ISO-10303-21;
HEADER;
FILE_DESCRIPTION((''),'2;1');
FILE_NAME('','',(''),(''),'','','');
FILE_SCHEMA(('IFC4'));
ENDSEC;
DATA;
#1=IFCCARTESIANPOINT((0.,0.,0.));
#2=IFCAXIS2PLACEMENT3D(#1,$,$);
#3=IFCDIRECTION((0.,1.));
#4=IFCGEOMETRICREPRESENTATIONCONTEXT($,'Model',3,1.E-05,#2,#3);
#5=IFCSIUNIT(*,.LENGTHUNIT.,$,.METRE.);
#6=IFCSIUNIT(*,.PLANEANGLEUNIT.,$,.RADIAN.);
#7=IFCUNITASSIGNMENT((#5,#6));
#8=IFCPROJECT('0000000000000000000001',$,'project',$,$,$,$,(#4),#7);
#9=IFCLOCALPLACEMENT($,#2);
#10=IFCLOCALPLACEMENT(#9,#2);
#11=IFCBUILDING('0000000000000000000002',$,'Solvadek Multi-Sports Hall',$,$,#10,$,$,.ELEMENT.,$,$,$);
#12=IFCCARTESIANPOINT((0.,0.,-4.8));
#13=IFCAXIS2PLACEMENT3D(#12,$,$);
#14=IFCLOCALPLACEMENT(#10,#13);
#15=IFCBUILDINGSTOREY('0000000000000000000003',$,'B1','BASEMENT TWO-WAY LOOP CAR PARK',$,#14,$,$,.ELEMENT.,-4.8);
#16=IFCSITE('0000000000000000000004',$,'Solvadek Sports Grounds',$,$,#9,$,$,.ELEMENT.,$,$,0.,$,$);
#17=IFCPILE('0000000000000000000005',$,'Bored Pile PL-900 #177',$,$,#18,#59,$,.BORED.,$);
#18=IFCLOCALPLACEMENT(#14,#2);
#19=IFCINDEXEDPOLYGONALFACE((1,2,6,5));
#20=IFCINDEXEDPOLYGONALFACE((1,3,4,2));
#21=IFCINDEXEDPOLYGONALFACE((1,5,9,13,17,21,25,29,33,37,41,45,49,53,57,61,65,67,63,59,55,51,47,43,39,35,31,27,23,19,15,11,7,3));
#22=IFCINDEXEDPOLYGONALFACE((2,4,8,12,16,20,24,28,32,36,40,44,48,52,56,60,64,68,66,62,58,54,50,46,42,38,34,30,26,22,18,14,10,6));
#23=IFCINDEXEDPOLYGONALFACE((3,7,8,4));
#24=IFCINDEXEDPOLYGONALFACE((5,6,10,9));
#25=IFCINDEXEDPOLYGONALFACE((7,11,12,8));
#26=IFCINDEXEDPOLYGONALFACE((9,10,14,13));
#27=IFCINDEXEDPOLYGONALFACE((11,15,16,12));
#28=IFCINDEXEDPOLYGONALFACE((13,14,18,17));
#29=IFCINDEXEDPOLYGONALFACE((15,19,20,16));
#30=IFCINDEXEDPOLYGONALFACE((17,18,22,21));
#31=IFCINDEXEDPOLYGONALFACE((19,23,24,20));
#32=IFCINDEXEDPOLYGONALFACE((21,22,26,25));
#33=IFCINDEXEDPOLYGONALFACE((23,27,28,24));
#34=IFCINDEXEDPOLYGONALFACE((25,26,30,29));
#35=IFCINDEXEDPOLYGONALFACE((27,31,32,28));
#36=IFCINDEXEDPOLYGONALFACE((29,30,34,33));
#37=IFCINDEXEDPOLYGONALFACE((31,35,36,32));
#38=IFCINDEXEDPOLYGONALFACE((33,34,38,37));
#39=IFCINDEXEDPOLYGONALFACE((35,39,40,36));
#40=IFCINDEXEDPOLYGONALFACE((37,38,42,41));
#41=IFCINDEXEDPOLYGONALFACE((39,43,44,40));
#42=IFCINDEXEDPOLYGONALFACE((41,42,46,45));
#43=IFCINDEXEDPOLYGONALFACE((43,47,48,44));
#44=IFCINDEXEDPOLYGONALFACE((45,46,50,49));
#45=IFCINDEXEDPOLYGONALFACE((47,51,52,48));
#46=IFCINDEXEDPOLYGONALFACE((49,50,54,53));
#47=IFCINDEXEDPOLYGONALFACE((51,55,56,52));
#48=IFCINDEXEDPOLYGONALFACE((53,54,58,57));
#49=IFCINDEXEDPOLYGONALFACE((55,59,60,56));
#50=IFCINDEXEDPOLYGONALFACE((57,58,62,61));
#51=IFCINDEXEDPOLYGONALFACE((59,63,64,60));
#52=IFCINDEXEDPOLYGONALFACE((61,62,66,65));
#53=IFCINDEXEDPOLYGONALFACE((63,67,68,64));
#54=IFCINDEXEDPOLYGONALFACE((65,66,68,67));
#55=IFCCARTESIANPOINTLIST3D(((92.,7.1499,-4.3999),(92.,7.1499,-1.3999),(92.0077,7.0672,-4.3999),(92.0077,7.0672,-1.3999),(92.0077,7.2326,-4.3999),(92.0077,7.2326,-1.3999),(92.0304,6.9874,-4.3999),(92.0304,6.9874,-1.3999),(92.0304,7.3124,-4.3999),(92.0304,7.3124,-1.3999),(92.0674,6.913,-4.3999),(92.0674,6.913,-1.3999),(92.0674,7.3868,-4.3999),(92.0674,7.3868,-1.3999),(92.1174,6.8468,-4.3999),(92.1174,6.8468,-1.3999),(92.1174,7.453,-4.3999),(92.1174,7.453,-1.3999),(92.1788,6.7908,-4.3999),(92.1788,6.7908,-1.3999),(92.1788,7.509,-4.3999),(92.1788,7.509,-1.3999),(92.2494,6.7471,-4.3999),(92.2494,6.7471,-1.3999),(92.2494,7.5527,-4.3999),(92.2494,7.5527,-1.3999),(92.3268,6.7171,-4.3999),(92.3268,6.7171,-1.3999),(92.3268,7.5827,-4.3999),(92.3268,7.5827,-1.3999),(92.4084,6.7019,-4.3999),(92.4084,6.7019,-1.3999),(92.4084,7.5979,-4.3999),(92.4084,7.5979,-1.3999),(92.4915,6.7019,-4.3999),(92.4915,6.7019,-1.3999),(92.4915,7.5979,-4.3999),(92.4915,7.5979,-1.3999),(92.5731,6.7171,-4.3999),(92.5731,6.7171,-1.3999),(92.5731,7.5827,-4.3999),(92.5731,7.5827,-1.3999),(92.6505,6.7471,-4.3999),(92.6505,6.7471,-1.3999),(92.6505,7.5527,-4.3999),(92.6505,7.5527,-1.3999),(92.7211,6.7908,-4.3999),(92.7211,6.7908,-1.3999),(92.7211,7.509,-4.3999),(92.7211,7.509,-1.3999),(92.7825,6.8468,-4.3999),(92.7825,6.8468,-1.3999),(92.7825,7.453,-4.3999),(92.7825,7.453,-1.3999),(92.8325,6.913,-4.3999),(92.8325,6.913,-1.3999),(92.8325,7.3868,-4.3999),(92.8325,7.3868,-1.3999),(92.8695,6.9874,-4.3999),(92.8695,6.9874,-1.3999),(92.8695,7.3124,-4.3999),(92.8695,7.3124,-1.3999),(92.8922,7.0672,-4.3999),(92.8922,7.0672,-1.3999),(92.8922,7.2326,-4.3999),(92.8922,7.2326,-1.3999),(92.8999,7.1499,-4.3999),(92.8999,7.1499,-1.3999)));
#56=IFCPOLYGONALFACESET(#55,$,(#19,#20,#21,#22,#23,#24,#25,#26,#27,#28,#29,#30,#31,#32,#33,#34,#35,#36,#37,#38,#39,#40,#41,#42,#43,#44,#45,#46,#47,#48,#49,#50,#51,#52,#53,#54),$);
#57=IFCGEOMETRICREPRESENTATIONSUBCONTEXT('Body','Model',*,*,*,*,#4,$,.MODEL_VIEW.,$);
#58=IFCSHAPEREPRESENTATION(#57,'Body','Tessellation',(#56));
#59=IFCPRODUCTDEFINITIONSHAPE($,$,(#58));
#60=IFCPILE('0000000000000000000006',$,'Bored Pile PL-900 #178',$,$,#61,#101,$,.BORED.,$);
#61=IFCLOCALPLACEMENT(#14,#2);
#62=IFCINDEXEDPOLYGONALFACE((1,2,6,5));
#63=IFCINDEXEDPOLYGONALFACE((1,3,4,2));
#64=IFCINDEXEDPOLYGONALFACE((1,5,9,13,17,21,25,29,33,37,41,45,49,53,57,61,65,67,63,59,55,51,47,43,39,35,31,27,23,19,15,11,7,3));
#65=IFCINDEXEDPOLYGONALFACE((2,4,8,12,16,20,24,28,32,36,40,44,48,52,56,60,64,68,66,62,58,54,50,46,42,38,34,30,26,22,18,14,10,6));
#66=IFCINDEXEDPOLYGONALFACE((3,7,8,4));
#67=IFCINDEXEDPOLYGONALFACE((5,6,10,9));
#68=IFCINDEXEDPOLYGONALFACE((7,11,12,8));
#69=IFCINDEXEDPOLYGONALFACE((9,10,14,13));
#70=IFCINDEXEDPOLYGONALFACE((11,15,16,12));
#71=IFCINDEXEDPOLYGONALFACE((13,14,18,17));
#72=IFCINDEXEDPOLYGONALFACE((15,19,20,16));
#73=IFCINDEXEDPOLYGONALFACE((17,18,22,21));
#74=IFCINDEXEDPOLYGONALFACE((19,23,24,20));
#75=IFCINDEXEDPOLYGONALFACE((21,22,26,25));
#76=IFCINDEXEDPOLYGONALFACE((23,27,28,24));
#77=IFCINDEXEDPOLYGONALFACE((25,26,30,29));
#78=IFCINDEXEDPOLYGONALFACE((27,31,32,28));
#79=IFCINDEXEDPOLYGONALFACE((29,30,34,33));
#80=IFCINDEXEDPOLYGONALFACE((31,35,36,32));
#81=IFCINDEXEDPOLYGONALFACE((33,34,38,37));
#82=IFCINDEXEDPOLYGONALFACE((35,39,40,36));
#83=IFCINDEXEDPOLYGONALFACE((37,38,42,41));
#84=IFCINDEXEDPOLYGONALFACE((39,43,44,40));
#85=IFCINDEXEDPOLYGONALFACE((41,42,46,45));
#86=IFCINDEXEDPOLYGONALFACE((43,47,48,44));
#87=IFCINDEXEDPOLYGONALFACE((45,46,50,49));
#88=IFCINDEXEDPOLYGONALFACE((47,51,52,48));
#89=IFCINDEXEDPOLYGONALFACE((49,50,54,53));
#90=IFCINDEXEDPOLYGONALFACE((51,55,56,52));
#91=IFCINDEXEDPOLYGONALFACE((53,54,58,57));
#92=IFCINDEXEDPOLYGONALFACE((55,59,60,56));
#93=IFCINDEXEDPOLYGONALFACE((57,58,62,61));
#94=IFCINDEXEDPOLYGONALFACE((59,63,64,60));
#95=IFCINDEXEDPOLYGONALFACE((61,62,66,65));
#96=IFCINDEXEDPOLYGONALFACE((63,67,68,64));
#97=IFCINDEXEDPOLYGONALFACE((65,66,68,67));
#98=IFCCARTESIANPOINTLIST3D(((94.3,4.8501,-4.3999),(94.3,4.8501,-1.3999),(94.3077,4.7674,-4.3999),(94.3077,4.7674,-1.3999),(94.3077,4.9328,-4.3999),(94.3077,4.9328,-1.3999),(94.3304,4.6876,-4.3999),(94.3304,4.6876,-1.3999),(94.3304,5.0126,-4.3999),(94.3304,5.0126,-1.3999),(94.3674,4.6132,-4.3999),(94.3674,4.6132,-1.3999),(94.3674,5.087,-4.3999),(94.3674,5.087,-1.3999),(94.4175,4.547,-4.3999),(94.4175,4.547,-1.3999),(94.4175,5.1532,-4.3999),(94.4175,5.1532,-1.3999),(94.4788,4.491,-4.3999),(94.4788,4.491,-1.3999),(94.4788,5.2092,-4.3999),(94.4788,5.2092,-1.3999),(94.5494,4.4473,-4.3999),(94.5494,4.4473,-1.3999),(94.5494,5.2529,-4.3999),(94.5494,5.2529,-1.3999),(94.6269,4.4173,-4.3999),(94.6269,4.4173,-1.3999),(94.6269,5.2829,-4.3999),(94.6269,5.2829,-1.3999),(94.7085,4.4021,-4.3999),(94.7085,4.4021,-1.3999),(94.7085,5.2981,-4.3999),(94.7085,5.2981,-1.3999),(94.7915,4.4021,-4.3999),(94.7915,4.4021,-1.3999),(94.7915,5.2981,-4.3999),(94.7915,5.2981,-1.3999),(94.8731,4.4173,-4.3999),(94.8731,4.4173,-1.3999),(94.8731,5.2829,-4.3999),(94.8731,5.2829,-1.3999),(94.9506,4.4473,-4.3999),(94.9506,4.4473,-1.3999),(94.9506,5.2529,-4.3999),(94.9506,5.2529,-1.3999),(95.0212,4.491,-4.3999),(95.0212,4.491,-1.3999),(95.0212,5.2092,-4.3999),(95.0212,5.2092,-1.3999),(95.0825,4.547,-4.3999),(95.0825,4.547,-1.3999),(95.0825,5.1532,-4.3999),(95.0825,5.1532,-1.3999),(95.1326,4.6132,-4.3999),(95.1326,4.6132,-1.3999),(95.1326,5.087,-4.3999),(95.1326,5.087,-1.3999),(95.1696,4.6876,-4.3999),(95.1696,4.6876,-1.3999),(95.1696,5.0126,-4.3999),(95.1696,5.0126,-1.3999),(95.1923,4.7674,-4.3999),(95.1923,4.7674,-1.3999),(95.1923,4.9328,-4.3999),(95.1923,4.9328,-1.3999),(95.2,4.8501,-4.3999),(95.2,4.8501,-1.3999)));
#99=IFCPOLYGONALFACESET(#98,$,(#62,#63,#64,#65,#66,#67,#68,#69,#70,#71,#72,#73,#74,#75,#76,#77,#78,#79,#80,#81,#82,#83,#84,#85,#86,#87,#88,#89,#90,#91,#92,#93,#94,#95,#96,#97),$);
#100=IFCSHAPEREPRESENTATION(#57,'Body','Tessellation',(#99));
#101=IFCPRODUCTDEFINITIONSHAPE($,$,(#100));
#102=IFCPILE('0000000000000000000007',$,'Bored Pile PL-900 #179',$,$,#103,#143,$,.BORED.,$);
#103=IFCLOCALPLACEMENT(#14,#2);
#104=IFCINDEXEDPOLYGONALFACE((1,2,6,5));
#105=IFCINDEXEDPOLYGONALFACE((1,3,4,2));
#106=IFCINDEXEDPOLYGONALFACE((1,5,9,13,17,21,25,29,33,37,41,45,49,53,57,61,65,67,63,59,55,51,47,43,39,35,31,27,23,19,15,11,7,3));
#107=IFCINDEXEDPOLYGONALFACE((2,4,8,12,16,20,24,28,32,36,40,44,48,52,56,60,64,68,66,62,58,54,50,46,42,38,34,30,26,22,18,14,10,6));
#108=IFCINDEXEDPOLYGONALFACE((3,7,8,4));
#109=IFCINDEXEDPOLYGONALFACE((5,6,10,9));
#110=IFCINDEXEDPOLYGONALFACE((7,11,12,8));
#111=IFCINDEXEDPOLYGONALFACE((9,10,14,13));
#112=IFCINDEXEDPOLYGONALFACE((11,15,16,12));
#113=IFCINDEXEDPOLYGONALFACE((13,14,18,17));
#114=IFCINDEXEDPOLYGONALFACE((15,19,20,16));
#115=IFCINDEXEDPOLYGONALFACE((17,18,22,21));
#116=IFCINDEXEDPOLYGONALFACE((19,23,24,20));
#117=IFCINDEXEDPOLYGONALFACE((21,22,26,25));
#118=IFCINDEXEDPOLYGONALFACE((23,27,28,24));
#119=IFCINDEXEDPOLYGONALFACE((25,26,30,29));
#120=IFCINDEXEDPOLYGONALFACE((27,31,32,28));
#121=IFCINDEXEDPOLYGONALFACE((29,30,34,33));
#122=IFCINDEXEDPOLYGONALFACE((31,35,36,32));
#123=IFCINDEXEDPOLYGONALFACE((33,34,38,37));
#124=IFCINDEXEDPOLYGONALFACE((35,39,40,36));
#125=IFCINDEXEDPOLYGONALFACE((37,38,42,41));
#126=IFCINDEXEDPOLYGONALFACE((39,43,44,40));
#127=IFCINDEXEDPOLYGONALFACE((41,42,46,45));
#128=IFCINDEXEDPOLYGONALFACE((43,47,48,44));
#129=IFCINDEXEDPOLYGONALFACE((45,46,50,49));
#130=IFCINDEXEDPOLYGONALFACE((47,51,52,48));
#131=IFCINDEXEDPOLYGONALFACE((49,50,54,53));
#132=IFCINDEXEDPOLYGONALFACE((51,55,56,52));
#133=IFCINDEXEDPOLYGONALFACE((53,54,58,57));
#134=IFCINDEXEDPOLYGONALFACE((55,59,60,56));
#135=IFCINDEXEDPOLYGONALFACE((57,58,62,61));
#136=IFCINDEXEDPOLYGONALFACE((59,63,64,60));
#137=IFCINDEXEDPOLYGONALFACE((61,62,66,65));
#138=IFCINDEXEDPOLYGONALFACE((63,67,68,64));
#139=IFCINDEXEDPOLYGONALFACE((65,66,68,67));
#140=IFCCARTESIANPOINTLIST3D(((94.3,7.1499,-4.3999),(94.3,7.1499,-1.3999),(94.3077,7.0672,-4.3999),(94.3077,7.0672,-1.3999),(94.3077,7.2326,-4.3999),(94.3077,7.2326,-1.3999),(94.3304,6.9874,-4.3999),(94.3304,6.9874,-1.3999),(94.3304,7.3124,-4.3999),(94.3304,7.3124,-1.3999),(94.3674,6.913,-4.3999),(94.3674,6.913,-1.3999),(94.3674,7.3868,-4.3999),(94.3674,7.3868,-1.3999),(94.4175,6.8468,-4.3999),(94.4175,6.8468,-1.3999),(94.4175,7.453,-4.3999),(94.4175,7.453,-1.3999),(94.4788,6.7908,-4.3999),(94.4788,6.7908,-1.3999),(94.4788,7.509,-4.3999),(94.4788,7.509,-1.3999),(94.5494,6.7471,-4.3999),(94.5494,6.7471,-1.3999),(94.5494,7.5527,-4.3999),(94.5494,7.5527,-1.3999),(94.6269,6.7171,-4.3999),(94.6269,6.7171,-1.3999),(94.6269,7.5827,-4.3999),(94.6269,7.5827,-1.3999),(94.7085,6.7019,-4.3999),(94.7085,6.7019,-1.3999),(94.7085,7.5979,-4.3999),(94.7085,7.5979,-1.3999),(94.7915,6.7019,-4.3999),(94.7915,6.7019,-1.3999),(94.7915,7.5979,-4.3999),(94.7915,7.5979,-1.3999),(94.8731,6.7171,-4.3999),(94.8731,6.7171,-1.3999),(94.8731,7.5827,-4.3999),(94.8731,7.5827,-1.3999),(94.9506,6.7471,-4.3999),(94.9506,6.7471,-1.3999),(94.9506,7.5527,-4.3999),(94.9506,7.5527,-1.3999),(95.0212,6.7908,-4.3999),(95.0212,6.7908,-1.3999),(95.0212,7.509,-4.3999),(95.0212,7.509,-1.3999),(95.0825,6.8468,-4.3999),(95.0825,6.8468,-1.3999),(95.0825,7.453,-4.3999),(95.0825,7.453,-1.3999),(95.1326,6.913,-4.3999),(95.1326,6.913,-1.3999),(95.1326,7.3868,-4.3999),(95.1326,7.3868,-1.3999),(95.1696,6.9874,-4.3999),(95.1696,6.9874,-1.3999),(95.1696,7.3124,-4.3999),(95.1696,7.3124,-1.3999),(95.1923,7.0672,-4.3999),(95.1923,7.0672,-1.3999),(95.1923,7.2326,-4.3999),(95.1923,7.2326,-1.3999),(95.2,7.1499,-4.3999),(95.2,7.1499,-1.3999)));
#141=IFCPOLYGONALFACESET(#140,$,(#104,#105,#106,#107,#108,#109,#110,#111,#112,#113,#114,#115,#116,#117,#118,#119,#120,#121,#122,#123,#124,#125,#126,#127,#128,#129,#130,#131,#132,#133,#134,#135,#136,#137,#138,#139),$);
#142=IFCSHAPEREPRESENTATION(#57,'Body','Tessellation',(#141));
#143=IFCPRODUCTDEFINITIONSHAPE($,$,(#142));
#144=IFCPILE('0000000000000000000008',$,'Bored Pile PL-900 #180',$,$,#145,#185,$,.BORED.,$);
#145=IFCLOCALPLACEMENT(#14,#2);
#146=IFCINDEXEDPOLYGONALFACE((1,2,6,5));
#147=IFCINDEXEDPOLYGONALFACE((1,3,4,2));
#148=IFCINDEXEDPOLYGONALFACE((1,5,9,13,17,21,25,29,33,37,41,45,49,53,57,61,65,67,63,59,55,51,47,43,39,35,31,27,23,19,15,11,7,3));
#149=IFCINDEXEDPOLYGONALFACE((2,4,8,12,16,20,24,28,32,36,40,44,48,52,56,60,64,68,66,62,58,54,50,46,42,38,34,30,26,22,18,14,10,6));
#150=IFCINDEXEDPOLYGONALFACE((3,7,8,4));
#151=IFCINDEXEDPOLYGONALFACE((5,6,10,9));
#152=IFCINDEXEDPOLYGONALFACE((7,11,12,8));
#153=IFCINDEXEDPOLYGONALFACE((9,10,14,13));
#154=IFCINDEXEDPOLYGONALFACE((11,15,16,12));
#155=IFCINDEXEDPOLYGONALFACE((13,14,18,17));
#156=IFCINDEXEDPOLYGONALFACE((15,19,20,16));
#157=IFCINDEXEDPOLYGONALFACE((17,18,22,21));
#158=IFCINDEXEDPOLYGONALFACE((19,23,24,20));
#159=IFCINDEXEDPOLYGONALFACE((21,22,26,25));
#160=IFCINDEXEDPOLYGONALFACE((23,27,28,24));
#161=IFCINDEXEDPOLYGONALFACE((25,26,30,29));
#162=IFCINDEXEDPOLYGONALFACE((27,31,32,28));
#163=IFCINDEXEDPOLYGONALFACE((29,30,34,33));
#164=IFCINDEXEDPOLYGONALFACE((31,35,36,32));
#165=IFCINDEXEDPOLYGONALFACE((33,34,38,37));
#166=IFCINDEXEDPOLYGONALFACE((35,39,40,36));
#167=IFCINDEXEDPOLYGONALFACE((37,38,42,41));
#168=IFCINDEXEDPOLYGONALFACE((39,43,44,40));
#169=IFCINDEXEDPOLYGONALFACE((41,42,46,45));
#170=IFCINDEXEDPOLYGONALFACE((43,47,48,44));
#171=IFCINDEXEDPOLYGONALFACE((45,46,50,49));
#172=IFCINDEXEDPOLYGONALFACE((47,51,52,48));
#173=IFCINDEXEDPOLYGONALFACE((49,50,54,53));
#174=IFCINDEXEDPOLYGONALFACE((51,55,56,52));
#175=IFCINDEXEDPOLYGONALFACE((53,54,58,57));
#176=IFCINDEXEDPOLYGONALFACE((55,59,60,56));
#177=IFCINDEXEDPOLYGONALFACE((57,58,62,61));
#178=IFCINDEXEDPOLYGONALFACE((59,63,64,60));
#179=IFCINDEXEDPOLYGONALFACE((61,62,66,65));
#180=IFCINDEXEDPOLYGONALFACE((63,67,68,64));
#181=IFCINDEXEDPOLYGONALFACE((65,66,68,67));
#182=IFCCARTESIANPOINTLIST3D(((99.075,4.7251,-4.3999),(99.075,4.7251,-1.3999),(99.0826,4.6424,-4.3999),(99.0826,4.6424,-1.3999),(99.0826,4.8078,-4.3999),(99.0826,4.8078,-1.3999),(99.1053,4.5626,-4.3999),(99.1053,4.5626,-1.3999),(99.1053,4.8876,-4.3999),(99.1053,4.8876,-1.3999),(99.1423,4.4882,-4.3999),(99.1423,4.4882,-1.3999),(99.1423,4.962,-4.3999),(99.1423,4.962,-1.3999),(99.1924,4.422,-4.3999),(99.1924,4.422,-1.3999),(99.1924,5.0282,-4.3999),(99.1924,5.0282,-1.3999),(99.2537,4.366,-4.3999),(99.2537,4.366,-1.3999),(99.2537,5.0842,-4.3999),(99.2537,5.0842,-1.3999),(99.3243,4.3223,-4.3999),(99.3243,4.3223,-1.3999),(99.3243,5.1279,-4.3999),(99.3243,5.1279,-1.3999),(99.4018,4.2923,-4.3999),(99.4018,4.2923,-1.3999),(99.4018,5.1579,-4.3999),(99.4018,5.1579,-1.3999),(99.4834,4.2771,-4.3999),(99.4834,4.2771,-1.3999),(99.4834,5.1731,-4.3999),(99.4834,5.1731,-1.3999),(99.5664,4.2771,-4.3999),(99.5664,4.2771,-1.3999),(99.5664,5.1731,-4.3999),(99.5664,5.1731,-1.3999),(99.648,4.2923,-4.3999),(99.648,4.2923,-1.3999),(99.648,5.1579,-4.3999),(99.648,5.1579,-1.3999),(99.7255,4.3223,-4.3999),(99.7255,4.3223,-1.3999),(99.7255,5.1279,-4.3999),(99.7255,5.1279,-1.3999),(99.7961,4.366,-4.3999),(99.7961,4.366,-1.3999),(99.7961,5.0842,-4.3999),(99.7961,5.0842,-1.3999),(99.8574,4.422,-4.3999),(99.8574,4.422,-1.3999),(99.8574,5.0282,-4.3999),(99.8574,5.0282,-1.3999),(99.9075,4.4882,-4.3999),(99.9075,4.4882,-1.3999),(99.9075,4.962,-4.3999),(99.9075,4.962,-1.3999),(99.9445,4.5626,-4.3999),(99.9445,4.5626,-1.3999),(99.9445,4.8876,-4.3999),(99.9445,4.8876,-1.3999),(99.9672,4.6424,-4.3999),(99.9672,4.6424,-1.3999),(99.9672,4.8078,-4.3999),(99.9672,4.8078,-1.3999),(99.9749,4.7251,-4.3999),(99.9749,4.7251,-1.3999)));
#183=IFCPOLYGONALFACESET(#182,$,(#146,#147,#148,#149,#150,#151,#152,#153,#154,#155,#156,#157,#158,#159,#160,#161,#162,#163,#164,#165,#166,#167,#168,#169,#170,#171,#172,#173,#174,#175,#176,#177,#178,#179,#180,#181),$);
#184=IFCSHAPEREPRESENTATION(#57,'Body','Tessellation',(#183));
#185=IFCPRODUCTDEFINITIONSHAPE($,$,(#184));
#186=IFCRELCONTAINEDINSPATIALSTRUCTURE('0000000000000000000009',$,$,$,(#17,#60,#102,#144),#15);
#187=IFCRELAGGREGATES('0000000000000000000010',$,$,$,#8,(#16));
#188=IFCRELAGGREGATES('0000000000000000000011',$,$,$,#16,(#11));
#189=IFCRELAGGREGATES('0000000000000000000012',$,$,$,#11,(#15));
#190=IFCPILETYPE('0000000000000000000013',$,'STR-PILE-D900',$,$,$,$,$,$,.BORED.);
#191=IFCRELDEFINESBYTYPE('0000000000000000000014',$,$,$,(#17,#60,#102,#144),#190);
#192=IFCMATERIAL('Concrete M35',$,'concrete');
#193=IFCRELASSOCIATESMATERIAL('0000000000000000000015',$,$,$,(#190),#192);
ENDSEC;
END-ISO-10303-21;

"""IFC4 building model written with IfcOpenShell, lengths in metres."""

from ifc_helpers import new_model, si_unit, direction, frame, origin, origin_2d, place, context, subcontext, project, spatial, circle, extrude, material, material_profile, profile_set, type_object, element, save


model = new_model("IFC4")

# Units and contexts
model_context = context("Model", 3, precision=1e-05, world=origin(), true_north=direction((0.0, 1.0)))
body_context = subcontext(model_context, "Body", "Model", "MODEL_VIEW")
ifc_project = project(units=[si_unit("LENGTHUNIT", "METRE"), si_unit("PLANEANGLEUNIT", "RADIAN")], contexts=[model_context])

# Site, building, storey
site_placement = place(None, origin())
site = spatial("IfcSite", under=ifc_project, at=site_placement, Name="Solvadek Sports Grounds", CompositionType="ELEMENT", RefElevation=0.0)
building_placement = place(site_placement, origin())
building = spatial("IfcBuilding", under=site, at=building_placement, Name="Solvadek Multi-Sports Hall", CompositionType="ELEMENT")
storey_placement = place(building_placement, frame((0.0, 0.0, -4.8)))
storey = spatial("IfcBuildingStorey", under=building, at=storey_placement, Name="B1", Description="BASEMENT TWO-WAY LOOP CAR PARK", CompositionType="ELEMENT", Elevation=-4.8)

# Piles
ifc_material_1 = material(Name="Concrete M35", Category="concrete")
ifc_material_profile_1 = material_profile(ifc_material_1, circle(Radius=0.45, at=origin_2d()), Name="BORED PILE D900")
ifc_profile_set_1 = profile_set([ifc_material_profile_1], Name="Concrete M35")
pile_type_1 = type_object("IfcPileType", Name="STR-PILE-D900", PredefinedType="BORED", material=ifc_profile_set_1)
for number, where, z_axis, x_axis, name in (
    (1, (92.45, 7.1499, -1.3999), (0.0, 0.0, -1.0), (1.0, 0.0, 0.0), "Bored Pile PL-900 #177"),
    (2, (94.75, 4.8501, -1.3999), (0.0, 0.0, -1.0), (1.0, 0.0, 0.0), "Bored Pile PL-900 #178"),
    (3, (94.75, 7.1499, -1.3999), (0.0, 0.0, -1.0), (1.0, 0.0, 0.0), "Bored Pile PL-900 #179"),
    (4, (99.5249, 4.7251, -1.3999), (0.0, 0.0, -1.0), (1.0, 0.0, 0.0), "Bored Pile PL-900 #180"),
):
    element("IfcPile", number, at=place(storey_placement, frame(where, z_axis=z_axis, x_axis=x_axis)), inside=storey, type_object=pile_type_1, Name=name, PredefinedType="BORED", context=body_context, shape_type="SweptSolid", body=[
        extrude(circle(Radius=0.45, at=origin_2d()), origin(), (0.0, 0.0, 1.0), 3.0),
    ])

save(model, "model.ifc")
